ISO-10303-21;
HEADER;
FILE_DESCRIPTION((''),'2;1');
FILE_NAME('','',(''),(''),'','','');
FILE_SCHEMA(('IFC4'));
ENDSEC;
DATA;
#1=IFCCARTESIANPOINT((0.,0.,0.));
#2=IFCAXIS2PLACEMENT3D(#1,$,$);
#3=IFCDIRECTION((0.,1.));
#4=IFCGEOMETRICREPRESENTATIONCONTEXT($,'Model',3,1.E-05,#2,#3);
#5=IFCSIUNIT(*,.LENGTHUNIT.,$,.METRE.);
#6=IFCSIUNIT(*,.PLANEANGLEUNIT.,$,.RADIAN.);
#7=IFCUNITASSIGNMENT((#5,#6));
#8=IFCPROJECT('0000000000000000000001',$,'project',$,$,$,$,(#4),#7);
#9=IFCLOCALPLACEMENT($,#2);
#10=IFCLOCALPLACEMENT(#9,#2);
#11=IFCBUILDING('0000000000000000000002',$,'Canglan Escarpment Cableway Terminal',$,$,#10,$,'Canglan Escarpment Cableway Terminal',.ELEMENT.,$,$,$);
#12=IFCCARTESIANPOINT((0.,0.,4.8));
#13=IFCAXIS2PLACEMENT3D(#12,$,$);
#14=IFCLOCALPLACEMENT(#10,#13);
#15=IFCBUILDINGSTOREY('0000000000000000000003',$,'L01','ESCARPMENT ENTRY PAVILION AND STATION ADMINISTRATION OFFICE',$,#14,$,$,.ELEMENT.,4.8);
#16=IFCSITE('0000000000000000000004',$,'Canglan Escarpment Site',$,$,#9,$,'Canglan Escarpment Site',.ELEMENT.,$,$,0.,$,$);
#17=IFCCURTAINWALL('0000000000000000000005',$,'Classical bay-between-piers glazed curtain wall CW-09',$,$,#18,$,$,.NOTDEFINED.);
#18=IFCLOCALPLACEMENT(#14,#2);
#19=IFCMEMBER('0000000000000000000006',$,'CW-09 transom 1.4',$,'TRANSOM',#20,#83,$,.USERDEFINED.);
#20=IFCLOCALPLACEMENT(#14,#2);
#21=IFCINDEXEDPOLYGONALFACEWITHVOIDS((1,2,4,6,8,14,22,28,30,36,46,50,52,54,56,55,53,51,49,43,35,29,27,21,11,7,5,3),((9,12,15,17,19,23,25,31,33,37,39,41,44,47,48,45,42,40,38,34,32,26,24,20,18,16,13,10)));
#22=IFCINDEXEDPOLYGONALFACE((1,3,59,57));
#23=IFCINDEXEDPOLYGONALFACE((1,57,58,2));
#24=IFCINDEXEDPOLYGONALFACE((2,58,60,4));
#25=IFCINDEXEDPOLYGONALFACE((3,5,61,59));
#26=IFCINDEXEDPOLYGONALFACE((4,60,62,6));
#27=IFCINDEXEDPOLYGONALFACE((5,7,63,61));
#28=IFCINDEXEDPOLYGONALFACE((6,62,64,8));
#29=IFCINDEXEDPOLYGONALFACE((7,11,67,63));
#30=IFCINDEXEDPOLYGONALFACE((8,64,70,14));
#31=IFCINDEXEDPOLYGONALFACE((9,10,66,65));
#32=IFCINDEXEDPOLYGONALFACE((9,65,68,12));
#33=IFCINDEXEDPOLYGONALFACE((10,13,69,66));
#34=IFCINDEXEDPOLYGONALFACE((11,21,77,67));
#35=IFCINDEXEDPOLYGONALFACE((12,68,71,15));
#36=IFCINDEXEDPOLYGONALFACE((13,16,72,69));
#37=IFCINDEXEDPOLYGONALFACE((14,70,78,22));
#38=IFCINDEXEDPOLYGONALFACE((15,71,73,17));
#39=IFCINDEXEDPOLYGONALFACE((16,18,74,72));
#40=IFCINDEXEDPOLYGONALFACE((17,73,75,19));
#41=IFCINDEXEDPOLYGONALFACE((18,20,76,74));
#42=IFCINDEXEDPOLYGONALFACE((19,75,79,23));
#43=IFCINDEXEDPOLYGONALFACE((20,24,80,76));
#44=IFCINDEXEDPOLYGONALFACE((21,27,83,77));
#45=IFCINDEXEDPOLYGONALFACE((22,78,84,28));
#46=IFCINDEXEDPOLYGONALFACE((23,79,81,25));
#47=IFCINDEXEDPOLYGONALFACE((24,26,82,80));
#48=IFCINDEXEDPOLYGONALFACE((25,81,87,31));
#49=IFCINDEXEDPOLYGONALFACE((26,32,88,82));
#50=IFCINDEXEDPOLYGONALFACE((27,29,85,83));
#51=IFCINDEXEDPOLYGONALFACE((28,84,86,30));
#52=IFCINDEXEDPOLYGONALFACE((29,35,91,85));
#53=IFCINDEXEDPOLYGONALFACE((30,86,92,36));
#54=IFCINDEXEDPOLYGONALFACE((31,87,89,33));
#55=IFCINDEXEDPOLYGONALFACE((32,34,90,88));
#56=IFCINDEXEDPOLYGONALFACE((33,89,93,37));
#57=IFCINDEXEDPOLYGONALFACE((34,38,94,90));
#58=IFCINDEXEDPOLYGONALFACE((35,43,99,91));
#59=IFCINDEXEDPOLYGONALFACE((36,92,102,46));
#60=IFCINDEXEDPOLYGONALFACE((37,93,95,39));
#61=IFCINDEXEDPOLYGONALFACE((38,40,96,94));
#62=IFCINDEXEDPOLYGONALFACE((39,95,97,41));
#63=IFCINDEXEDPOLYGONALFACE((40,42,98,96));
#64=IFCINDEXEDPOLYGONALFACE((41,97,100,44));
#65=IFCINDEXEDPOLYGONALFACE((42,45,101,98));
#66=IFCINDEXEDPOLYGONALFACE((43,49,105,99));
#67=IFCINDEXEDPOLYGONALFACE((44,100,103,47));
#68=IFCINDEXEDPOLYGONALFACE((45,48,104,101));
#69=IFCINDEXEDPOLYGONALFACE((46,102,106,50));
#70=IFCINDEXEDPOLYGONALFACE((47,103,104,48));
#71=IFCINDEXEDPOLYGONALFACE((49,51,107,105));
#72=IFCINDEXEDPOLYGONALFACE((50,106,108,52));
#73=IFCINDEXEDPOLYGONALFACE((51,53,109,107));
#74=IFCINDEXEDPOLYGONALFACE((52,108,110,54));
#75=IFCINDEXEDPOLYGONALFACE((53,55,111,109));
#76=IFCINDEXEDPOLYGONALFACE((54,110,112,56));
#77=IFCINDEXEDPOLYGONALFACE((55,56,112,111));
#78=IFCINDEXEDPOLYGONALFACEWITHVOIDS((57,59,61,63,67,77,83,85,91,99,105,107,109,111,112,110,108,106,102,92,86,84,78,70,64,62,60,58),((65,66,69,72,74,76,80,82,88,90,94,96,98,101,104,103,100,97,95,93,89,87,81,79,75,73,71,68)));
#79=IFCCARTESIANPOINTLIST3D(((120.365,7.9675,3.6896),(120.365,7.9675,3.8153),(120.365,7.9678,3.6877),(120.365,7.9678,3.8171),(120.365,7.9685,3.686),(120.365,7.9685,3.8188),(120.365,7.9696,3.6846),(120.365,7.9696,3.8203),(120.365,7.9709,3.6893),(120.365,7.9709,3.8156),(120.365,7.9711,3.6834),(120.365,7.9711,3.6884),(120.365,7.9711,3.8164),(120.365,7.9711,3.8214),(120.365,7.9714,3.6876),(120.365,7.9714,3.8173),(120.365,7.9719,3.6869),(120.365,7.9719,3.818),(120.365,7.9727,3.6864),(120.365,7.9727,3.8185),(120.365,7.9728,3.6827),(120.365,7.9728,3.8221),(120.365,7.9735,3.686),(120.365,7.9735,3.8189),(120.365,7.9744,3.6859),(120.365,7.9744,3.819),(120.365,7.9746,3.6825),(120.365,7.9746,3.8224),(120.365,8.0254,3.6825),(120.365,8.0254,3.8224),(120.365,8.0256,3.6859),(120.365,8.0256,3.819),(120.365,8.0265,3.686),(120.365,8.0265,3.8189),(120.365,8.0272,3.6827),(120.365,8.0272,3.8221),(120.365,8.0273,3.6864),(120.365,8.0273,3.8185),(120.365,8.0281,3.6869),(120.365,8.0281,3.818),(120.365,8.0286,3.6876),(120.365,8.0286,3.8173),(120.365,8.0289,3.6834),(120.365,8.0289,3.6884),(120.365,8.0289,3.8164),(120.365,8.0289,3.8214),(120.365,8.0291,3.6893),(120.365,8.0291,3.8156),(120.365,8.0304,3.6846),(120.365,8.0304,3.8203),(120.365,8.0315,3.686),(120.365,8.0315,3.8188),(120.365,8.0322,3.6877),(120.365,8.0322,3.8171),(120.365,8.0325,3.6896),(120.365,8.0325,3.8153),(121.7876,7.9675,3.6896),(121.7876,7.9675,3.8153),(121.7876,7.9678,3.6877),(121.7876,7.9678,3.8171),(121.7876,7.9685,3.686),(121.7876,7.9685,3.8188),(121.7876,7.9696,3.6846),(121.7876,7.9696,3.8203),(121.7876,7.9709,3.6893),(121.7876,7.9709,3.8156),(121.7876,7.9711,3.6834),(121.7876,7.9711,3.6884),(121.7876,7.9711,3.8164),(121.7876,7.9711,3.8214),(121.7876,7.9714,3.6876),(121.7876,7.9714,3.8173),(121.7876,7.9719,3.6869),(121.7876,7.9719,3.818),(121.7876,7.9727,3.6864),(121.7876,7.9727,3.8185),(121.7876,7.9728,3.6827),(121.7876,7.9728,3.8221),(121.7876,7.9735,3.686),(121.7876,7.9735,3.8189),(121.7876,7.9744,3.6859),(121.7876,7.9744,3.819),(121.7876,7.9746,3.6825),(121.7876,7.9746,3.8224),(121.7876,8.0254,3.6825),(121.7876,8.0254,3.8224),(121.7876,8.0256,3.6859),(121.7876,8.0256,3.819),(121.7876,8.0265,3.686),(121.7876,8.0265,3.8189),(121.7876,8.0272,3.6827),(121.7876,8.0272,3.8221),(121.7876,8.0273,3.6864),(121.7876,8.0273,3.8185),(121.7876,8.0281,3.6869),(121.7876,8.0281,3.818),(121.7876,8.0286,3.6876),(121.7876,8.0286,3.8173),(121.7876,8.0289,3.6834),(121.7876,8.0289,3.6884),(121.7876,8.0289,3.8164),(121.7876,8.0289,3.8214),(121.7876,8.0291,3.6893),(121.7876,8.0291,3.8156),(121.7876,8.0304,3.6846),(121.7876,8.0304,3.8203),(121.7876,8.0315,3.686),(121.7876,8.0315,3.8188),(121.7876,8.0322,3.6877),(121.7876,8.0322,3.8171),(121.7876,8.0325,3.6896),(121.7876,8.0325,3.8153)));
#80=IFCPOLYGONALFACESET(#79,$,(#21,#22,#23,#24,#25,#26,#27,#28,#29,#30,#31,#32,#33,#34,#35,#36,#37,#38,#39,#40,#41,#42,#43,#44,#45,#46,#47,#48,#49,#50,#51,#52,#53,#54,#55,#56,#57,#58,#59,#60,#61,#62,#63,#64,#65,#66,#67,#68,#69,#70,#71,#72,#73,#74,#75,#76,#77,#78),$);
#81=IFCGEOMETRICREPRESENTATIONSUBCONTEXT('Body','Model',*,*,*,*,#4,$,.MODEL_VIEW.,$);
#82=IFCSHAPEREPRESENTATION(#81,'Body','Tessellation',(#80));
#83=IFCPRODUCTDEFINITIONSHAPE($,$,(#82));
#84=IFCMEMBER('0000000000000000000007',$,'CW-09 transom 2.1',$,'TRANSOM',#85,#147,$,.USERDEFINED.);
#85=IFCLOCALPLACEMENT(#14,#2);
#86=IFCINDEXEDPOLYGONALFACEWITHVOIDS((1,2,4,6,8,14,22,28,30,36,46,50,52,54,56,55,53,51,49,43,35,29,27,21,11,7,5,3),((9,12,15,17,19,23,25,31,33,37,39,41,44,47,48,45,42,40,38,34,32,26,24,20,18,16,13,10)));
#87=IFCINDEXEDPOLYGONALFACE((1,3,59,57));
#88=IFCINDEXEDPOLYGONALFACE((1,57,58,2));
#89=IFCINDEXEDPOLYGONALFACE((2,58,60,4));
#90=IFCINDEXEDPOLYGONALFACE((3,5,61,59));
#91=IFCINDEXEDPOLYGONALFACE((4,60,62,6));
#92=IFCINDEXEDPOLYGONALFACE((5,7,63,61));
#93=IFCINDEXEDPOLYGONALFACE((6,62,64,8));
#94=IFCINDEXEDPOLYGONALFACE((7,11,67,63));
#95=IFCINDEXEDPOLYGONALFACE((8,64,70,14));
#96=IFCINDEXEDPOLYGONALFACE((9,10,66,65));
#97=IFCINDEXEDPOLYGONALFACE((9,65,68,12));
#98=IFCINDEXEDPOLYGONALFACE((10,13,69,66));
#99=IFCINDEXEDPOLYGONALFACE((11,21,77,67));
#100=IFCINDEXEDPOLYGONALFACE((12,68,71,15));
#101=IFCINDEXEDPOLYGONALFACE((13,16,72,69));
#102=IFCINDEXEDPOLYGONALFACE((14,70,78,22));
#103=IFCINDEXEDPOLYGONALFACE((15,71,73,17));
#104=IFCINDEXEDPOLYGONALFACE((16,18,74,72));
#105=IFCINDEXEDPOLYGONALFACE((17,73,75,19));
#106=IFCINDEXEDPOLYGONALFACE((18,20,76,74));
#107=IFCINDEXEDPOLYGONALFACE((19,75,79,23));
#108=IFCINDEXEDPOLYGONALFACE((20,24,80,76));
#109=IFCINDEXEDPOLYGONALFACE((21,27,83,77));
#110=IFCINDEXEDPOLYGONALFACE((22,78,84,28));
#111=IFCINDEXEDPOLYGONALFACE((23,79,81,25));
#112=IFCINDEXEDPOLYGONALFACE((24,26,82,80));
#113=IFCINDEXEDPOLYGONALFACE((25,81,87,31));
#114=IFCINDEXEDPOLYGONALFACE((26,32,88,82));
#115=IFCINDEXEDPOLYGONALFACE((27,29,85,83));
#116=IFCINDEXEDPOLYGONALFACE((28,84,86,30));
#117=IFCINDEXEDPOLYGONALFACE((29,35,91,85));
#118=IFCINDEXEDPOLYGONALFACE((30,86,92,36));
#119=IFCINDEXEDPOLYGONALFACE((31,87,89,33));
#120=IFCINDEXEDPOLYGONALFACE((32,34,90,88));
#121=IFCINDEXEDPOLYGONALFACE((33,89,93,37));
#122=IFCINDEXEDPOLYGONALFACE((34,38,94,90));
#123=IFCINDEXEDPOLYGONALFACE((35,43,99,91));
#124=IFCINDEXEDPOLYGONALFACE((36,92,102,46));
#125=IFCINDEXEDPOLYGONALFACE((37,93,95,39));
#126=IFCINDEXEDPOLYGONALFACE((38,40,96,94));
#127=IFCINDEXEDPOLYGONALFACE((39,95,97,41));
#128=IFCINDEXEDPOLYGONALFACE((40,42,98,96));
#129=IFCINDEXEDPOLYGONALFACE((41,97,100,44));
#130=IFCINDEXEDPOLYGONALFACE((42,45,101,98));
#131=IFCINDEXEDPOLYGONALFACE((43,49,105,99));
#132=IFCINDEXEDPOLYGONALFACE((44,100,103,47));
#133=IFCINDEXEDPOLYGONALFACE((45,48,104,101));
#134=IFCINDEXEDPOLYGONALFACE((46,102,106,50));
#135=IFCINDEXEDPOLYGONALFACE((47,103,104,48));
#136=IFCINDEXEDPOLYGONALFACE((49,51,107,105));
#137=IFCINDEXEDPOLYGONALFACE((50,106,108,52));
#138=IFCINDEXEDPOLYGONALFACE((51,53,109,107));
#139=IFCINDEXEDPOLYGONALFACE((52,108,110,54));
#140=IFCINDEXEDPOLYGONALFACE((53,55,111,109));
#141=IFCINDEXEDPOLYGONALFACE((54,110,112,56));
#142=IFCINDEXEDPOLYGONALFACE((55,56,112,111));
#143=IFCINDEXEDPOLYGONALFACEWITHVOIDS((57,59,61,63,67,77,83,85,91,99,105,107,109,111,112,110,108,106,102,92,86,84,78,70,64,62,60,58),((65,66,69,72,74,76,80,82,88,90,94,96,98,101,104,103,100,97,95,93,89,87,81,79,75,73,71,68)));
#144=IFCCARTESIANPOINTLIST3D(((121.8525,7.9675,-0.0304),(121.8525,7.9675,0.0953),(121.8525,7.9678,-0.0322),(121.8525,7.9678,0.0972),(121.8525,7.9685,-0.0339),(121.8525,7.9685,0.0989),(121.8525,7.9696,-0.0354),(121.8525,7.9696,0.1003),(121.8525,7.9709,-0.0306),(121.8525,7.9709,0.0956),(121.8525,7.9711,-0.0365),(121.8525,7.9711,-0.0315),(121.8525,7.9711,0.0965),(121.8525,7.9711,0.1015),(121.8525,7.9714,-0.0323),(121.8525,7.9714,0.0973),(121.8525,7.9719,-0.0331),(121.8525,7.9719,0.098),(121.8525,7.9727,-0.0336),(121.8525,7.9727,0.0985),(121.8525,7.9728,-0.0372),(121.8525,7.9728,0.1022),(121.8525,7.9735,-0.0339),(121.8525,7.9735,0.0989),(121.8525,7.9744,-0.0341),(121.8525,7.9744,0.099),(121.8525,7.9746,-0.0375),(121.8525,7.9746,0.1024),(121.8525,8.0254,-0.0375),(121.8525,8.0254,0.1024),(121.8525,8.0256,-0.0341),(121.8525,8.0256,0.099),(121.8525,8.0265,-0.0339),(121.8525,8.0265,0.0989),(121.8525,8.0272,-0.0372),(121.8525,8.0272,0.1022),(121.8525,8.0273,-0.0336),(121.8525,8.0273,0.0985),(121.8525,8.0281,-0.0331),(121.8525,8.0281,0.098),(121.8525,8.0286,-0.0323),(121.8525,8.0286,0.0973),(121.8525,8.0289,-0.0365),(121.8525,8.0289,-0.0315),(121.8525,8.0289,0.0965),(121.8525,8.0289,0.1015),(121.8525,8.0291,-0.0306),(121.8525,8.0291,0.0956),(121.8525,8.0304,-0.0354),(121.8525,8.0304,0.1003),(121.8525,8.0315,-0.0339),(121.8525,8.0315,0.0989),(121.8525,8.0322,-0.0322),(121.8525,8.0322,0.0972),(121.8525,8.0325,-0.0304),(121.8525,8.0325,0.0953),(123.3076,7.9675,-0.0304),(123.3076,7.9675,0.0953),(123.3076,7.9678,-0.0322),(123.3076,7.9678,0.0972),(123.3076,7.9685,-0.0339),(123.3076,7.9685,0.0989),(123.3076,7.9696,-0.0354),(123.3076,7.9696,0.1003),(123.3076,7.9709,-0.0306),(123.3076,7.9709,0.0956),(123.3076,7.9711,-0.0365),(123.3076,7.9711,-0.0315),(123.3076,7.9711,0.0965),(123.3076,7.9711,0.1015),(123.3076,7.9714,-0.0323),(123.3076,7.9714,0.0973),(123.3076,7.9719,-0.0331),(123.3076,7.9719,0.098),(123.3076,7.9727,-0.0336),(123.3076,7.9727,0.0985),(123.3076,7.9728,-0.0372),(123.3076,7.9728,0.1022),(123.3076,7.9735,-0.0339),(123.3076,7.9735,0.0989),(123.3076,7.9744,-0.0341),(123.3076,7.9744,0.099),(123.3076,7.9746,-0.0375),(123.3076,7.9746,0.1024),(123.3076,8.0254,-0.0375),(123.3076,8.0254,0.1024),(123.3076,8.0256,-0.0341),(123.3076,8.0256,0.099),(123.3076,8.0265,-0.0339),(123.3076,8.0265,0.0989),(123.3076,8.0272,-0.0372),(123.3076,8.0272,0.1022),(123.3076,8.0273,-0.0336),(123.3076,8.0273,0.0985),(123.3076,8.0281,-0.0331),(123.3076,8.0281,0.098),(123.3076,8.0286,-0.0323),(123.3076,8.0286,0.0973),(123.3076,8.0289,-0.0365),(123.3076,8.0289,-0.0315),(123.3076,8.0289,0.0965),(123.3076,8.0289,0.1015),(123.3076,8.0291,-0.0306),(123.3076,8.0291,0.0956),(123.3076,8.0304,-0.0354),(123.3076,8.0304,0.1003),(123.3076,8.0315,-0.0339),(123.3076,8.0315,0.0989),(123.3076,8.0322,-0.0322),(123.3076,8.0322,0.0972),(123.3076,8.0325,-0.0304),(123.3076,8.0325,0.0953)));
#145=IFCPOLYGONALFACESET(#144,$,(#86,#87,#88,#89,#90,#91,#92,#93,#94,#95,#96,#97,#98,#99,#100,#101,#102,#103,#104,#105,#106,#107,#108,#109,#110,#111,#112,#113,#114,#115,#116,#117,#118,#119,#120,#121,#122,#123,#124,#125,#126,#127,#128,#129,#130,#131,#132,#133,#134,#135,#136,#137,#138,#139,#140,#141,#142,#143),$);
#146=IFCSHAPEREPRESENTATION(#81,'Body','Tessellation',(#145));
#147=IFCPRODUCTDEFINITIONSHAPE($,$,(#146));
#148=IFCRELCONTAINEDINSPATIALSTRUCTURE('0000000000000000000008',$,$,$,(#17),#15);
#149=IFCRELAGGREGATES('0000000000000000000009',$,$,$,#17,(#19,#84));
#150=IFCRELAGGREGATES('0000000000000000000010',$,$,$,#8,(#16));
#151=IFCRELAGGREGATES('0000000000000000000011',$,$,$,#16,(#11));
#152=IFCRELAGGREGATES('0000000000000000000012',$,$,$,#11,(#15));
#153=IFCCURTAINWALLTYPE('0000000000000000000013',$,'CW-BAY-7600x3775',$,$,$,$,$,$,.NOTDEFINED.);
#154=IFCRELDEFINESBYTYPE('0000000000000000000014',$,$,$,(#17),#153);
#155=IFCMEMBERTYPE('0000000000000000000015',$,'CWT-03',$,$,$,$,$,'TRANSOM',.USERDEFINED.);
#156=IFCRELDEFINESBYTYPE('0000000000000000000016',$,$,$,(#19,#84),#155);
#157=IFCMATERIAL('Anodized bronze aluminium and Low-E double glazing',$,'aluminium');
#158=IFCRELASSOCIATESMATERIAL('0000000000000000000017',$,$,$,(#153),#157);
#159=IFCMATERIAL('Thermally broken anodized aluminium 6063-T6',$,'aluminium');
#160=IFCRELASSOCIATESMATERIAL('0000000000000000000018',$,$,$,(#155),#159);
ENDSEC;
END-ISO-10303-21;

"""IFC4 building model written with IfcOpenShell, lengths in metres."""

from ifc_helpers import new_model, si_unit, direction, frame, origin, origin_2d, place, context, subcontext, project, spatial, hollow_rectangle, extrude, material, material_profile, profile_set, type_object, element, aggregate, save


model = new_model("IFC4")

# Units and contexts
model_context = context("Model", 3, precision=1e-05, world=origin(), true_north=direction((0.0, 1.0)))
body_context = subcontext(model_context, "Body", "Model", "MODEL_VIEW")
ifc_project = project(units=[si_unit("LENGTHUNIT", "METRE"), si_unit("PLANEANGLEUNIT", "RADIAN")], contexts=[model_context])

# Site, building, storey
site_placement = place(None, origin())
site = spatial("IfcSite", under=ifc_project, at=site_placement, Name="Canglan Escarpment Site", LongName="Canglan Escarpment Site", CompositionType="ELEMENT", RefElevation=0.0)
building_placement = place(site_placement, origin())
building = spatial("IfcBuilding", under=site, at=building_placement, Name="Canglan Escarpment Cableway Terminal", LongName="Canglan Escarpment Cableway Terminal", CompositionType="ELEMENT")
storey_placement = place(building_placement, frame((0.0, 0.0, 4.8)))
storey = spatial("IfcBuildingStorey", under=building, at=storey_placement, Name="L01", Description="ESCARPMENT ENTRY PAVILION AND STATION ADMINISTRATION OFFICE", CompositionType="ELEMENT", Elevation=4.8)

# Curtain wall, members
ifc_material_1 = material(Name="Anodized bronze aluminium and Low-E double glazing", Category="aluminium")
curtain_wall_type = type_object("IfcCurtainWallType", Name="CW-BAY-7600x3775", PredefinedType="NOTDEFINED", material=ifc_material_1)
curtain_wall_placement = place(storey_placement, origin())
curtain_wall = element("IfcCurtainWall", 1, at=curtain_wall_placement, inside=storey, type_object=curtain_wall_type, Name="Classical bay-between-piers glazed curtain wall CW-09", PredefinedType="NOTDEFINED")
ifc_material_2 = material(Name="Thermally broken anodized aluminium 6063-T6", Category="aluminium")
ifc_material_profile_1 = material_profile(ifc_material_2, hollow_rectangle(XDim=0.0649, YDim=0.1399, WallThickness=0.0034, InnerFilletRadius=0.0034, OuterFilletRadius=0.0071, at=origin_2d()), Name="ALU-TRAN 65x140x3.5")
ifc_profile_set_1 = profile_set([ifc_material_profile_1], Name="Thermally broken anodized aluminium 6063-T6")
member_type_1 = type_object("IfcMemberType", Name="CWT-03", ElementType="TRANSOM", PredefinedType="USERDEFINED", material=ifc_profile_set_1)
member_1_placement = place(storey_placement, frame((120.365, 8.0, 3.7524), z_axis=(1.0, 0.0, 0.0), x_axis=(0.0, 1.0, 0.0)))
member_1 = element("IfcMember", 2, at=member_1_placement, type_object=member_type_1, Name="CW-09 transom 1.4", ObjectType="TRANSOM", PredefinedType="USERDEFINED", context=body_context, shape_type="SweptSolid", body=[
    extrude(hollow_rectangle(XDim=0.0649, YDim=0.1399, WallThickness=0.0034, InnerFilletRadius=0.0034, OuterFilletRadius=0.0071, at=origin_2d()), origin(), (0.0, 0.0, 1.0), 1.4226),
])
member_2_placement = place(storey_placement, frame((121.8525, 8.0, 0.0325), z_axis=(1.0, 0.0, 0.0), x_axis=(0.0, 1.0, 0.0)))
member_2 = element("IfcMember", 3, at=member_2_placement, type_object=member_type_1, Name="CW-09 transom 2.1", ObjectType="TRANSOM", PredefinedType="USERDEFINED", context=body_context, shape_type="SweptSolid", body=[
    extrude(hollow_rectangle(XDim=0.0649, YDim=0.1399, WallThickness=0.0034, InnerFilletRadius=0.0034, OuterFilletRadius=0.0071, at=origin_2d()), origin(), (0.0, 0.0, 1.0), 1.4551),
])

aggregate(curtain_wall, [member_1, member_2])

save(model, "model.ifc")
